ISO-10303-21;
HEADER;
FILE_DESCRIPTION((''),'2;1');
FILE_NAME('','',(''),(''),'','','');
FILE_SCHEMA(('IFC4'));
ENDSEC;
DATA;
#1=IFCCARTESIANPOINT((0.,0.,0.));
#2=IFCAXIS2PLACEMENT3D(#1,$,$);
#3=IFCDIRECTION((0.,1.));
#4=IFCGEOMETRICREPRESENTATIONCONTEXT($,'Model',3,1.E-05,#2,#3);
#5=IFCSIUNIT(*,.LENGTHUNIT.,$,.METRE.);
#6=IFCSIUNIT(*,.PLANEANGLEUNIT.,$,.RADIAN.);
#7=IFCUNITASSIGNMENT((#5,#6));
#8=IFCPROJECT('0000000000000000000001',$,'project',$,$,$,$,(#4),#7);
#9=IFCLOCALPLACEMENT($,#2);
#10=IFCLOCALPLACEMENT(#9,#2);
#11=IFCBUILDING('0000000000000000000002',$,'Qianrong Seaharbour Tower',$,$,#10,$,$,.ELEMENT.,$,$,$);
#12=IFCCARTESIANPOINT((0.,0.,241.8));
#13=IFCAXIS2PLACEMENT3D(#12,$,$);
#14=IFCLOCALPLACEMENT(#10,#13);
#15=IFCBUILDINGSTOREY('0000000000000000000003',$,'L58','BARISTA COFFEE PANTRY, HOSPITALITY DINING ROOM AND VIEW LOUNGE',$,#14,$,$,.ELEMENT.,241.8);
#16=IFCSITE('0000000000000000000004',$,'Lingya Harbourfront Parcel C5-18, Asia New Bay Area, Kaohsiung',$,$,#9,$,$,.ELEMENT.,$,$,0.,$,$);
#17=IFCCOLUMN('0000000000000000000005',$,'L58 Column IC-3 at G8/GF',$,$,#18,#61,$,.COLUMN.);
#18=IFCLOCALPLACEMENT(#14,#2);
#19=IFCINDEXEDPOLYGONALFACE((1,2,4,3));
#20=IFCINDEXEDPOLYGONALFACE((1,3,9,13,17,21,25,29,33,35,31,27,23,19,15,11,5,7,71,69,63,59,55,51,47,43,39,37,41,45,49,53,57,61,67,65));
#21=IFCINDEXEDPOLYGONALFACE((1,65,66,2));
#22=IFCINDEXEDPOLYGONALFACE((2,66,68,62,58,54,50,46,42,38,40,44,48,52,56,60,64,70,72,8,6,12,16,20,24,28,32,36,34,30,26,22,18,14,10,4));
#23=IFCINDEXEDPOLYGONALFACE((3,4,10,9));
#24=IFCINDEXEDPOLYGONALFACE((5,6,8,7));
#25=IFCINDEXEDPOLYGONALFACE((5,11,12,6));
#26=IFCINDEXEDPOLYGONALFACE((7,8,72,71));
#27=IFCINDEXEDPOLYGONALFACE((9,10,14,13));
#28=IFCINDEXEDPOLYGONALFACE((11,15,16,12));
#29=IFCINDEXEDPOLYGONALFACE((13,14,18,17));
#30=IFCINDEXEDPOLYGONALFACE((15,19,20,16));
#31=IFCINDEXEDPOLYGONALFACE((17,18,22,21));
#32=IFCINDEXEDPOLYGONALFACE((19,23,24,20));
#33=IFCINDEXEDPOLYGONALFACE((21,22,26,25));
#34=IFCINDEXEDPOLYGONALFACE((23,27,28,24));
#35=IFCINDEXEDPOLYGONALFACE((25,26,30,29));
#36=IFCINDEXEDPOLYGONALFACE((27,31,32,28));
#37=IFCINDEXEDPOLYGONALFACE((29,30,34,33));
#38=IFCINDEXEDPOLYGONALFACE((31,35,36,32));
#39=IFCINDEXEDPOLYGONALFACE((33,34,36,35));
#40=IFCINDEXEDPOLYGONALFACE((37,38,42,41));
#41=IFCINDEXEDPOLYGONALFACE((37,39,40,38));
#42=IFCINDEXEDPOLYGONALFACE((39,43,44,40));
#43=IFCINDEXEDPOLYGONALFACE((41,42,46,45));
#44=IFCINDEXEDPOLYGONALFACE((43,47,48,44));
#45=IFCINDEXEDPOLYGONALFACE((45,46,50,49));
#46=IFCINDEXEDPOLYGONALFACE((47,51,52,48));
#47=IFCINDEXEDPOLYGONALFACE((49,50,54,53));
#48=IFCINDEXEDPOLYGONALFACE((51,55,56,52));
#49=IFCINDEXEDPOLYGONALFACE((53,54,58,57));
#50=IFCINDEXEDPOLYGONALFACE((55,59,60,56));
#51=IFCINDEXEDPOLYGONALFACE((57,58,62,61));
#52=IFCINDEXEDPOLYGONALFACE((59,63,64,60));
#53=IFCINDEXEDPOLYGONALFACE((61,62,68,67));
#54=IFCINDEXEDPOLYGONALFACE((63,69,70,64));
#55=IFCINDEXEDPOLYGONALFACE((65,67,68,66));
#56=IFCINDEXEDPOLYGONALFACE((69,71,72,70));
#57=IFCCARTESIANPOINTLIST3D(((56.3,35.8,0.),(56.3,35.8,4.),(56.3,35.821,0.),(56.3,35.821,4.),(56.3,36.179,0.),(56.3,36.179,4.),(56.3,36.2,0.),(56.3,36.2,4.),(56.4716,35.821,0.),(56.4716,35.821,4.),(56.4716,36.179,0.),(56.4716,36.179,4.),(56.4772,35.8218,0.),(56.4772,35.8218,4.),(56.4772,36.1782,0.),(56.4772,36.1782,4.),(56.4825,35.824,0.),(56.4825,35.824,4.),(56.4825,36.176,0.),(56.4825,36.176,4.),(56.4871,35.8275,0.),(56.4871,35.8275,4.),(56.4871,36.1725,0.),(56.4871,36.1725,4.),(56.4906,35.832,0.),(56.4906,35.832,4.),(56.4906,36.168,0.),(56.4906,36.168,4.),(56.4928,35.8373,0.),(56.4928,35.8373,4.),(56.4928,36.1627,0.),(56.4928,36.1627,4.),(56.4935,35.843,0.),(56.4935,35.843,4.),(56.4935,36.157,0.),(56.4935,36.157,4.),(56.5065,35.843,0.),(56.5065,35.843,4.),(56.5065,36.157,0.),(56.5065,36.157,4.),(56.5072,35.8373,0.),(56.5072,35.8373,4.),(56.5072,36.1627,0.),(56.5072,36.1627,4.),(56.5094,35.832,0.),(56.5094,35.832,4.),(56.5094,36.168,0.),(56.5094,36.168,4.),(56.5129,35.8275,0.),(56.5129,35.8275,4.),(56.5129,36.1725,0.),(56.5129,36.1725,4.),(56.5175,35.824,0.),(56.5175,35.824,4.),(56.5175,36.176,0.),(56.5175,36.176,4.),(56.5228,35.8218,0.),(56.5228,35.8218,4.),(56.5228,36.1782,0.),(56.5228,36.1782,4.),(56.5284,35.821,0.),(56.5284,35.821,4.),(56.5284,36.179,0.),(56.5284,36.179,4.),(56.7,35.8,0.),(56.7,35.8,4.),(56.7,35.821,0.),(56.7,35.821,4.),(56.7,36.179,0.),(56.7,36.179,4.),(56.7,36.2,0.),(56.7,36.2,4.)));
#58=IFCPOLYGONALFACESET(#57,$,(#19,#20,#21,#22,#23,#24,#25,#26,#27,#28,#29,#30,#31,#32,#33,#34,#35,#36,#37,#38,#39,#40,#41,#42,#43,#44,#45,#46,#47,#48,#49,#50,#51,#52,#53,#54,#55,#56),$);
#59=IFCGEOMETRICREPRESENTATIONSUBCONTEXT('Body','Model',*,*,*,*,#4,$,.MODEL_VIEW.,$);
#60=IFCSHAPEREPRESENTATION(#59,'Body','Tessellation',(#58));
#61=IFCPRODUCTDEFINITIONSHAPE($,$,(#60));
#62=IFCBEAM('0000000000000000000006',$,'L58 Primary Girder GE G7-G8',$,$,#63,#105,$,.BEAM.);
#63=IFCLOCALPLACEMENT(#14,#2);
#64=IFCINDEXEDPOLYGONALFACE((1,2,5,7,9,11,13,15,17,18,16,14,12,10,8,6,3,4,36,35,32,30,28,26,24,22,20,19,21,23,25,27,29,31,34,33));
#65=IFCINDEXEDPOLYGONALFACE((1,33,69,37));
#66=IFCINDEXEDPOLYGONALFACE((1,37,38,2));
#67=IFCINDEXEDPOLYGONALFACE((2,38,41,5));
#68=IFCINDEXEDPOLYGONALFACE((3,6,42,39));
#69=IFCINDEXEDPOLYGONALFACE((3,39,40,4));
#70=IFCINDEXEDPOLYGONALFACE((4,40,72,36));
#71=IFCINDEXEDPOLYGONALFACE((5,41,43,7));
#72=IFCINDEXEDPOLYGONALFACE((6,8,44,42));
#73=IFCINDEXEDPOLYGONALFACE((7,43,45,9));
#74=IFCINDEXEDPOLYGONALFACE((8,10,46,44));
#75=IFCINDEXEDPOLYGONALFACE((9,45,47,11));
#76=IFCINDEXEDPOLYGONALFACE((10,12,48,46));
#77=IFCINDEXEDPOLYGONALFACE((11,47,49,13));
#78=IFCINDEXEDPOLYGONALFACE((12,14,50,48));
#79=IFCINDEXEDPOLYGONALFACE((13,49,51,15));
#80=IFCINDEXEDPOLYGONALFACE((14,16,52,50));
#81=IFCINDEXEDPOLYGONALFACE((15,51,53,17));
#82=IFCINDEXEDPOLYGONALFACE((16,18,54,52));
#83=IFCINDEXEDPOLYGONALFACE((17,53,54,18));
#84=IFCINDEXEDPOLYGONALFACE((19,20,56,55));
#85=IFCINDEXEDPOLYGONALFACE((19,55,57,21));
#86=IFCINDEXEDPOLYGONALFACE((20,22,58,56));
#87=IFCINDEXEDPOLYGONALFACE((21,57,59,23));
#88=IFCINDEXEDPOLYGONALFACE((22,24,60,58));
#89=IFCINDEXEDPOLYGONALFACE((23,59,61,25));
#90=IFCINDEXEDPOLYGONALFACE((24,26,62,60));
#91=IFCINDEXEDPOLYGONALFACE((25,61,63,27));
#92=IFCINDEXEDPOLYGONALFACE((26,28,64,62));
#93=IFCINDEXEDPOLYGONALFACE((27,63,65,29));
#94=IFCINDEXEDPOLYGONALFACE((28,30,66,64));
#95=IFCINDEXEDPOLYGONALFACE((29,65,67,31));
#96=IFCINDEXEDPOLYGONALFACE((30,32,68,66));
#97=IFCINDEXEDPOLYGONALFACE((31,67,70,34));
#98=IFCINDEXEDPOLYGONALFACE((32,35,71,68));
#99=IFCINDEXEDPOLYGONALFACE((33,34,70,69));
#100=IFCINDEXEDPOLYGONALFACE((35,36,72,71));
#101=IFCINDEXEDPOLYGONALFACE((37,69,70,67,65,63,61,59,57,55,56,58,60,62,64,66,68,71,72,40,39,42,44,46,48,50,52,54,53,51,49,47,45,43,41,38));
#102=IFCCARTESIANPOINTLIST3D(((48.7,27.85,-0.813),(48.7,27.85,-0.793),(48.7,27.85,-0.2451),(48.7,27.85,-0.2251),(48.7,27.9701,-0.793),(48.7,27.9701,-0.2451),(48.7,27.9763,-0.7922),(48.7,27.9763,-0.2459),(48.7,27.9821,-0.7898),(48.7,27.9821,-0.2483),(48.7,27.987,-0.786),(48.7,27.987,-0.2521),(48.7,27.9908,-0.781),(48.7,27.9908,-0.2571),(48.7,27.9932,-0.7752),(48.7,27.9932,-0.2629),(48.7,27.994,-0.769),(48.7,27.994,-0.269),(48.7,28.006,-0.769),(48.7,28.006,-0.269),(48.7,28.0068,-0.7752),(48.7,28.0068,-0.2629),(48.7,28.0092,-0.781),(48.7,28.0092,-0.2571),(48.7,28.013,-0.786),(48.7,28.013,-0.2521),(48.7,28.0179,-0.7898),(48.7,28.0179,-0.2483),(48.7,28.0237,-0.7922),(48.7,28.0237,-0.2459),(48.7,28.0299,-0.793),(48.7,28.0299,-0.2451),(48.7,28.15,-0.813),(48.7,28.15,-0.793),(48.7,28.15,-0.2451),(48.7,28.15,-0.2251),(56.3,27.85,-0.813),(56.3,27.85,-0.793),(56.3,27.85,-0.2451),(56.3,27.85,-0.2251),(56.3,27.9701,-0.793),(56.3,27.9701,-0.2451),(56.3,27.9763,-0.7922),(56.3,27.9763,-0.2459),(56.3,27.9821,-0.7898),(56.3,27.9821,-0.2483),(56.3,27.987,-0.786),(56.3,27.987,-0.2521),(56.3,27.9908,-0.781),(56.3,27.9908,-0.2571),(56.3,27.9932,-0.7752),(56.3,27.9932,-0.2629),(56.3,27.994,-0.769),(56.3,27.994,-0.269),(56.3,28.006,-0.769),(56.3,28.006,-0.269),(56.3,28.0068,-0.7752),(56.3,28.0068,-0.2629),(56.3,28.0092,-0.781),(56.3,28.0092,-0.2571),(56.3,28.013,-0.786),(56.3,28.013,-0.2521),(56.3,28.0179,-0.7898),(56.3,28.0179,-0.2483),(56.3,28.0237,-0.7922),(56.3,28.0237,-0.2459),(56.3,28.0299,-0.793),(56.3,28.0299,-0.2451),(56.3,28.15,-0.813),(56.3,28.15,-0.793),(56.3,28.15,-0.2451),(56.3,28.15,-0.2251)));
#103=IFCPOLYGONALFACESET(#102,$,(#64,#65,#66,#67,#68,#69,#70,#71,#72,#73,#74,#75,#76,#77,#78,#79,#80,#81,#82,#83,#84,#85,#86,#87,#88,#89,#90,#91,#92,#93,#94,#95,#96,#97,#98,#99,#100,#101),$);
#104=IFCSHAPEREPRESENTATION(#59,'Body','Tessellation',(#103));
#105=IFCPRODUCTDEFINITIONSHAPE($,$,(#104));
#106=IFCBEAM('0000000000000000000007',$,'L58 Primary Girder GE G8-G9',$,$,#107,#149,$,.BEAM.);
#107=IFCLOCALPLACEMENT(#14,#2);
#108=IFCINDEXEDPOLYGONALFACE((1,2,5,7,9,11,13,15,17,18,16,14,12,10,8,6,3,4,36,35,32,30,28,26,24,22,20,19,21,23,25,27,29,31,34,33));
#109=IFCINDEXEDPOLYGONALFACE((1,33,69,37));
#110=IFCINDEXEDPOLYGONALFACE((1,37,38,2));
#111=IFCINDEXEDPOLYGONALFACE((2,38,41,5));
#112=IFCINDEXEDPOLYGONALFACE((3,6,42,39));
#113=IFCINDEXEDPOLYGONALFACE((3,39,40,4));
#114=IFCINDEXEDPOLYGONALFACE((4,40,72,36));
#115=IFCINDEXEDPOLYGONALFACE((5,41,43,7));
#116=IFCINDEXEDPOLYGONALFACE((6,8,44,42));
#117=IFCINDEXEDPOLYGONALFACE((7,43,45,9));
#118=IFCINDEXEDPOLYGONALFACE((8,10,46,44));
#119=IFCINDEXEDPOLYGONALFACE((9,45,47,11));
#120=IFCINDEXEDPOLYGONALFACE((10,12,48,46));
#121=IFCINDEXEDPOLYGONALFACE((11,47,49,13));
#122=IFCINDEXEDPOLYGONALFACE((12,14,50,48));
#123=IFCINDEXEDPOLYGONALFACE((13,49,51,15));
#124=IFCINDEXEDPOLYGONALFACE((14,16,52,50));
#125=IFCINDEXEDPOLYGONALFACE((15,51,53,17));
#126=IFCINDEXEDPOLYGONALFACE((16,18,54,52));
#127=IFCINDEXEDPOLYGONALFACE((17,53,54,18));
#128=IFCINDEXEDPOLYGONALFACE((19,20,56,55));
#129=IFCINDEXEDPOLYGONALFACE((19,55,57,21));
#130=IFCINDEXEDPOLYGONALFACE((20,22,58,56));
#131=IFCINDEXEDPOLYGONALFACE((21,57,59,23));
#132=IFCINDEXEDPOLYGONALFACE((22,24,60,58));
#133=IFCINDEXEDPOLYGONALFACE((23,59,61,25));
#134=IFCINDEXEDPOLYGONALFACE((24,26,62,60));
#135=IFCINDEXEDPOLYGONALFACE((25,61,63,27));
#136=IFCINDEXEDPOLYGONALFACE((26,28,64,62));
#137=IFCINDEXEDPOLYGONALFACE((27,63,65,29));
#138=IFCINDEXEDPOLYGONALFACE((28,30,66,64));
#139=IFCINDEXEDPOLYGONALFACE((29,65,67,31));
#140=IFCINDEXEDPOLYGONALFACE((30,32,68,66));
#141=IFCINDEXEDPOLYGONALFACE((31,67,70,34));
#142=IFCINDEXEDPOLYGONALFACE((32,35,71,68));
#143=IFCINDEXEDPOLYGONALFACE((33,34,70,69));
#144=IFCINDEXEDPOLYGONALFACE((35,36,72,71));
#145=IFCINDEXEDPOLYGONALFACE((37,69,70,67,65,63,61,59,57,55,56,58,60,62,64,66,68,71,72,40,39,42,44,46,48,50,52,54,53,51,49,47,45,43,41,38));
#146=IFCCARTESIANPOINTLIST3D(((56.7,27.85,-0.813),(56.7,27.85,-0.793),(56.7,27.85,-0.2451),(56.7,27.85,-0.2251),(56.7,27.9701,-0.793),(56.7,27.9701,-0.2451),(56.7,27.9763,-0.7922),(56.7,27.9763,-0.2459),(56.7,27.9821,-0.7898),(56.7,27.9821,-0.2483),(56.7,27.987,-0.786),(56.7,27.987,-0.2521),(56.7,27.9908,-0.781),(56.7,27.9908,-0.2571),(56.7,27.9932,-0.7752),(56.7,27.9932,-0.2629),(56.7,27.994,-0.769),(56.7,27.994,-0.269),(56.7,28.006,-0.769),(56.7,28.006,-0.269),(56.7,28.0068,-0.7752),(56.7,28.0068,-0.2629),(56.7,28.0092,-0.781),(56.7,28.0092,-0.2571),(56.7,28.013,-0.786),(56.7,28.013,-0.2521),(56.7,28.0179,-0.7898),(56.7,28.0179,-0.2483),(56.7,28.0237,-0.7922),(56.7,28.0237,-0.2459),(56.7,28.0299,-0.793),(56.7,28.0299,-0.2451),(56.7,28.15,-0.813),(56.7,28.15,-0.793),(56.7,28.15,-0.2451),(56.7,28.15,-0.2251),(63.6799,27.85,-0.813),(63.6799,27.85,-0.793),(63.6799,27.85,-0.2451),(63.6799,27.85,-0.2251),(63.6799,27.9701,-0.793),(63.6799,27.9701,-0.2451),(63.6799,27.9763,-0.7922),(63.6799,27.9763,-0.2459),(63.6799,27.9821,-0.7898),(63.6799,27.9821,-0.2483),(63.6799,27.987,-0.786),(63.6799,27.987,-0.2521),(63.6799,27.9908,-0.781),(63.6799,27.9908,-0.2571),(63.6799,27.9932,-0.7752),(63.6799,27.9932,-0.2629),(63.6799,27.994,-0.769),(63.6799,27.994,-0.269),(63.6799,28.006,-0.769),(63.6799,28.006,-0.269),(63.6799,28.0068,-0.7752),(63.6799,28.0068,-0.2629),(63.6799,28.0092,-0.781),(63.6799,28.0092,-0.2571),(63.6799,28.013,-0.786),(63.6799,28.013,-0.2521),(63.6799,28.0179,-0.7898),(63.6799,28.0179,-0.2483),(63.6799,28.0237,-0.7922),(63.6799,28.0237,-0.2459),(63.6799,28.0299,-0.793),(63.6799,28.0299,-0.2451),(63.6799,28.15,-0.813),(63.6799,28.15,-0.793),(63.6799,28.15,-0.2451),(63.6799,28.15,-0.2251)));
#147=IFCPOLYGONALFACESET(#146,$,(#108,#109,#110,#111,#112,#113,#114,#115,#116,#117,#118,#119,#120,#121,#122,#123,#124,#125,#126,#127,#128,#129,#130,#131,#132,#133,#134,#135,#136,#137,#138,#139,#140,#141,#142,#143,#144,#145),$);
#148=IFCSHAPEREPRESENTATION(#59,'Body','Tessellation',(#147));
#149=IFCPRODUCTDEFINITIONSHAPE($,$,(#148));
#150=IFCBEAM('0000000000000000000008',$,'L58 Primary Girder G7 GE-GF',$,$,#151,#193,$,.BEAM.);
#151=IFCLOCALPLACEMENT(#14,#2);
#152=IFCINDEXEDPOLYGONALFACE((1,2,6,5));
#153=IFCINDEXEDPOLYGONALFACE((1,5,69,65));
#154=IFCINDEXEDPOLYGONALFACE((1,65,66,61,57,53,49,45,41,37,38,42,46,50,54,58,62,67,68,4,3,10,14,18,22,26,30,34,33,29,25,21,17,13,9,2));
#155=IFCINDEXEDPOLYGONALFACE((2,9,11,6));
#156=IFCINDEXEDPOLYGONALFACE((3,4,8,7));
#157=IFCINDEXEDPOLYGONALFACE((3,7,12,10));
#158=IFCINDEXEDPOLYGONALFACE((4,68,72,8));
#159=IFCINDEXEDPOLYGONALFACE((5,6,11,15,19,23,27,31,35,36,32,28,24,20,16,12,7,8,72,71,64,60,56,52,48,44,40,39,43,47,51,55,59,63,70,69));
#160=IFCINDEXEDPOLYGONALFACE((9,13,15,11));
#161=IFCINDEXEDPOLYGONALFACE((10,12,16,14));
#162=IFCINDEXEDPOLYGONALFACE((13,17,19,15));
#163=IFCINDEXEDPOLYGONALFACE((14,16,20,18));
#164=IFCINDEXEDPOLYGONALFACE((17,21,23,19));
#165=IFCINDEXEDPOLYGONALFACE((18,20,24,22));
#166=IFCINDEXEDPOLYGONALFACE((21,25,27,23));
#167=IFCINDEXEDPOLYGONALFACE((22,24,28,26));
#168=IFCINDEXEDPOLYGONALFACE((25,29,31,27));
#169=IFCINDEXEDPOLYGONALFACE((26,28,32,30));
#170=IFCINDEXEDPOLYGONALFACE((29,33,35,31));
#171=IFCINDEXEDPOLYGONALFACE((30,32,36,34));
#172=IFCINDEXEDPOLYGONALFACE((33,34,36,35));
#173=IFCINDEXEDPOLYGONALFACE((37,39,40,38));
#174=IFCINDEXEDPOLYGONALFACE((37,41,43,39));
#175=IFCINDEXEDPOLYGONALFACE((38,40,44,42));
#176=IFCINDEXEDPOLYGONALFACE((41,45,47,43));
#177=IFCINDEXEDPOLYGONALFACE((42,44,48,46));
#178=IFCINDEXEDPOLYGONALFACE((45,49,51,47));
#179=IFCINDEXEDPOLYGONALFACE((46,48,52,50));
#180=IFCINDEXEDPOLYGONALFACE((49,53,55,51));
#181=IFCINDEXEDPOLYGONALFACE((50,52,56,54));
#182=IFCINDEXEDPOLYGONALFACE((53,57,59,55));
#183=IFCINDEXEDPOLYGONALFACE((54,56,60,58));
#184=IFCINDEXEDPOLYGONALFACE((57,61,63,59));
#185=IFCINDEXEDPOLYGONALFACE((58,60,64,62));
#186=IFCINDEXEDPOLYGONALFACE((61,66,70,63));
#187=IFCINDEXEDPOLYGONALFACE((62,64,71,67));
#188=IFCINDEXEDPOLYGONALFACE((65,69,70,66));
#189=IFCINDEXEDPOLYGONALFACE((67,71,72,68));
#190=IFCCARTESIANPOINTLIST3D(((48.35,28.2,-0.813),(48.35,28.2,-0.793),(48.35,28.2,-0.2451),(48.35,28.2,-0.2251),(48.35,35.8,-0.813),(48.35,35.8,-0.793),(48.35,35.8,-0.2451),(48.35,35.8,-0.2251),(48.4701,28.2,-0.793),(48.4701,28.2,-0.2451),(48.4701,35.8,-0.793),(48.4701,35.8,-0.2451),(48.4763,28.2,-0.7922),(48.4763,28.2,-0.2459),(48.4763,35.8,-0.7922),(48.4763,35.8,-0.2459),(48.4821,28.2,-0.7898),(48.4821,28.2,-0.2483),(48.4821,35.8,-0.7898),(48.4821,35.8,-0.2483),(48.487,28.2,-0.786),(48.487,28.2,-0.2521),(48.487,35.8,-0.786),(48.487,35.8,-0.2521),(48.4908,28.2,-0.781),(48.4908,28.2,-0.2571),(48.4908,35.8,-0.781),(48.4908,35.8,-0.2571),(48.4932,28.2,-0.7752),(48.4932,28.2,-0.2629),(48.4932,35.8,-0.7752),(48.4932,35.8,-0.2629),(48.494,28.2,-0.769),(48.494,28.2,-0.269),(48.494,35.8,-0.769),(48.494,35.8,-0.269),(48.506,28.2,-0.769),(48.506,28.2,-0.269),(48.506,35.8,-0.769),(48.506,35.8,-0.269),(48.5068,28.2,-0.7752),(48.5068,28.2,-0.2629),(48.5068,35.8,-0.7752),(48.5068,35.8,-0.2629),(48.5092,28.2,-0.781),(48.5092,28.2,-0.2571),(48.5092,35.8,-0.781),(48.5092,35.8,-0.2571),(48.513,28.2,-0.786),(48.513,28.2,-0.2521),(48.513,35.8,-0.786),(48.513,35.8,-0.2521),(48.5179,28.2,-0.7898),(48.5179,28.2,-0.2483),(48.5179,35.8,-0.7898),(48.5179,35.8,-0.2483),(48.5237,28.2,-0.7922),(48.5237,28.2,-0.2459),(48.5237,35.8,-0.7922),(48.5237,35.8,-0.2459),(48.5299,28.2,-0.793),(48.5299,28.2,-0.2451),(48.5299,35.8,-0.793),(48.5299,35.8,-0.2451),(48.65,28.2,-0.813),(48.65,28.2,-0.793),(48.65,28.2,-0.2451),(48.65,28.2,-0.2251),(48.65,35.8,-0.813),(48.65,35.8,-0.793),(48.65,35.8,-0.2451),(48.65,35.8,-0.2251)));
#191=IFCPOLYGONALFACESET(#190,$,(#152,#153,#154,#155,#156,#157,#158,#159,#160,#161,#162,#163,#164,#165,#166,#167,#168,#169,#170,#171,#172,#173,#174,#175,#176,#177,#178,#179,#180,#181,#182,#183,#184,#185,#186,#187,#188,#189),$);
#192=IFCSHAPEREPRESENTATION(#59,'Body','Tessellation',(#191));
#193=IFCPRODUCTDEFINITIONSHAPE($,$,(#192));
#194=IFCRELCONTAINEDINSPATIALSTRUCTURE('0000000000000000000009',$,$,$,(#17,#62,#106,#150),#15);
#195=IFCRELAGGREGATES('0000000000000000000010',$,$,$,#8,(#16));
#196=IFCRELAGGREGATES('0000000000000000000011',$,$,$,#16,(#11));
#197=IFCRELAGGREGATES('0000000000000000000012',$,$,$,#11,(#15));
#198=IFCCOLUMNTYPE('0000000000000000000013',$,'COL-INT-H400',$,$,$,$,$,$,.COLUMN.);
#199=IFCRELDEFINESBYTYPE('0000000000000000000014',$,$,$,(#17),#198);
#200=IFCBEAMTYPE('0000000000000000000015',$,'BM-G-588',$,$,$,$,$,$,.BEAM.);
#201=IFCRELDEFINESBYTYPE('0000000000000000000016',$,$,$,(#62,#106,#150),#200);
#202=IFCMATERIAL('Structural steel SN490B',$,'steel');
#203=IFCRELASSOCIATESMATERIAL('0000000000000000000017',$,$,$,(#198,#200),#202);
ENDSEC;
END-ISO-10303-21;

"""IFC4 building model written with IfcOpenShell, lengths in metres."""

from ifc_helpers import new_model, si_unit, direction, frame, origin, origin_2d, place, context, subcontext, project, spatial, i_section, extrude, material, material_profile, profile_set, type_object, element, save


model = new_model("IFC4")

# Units and contexts
model_context = context("Model", 3, precision=1e-05, world=origin(), true_north=direction((0.0, 1.0)))
body_context = subcontext(model_context, "Body", "Model", "MODEL_VIEW")
ifc_project = project(units=[si_unit("LENGTHUNIT", "METRE"), si_unit("PLANEANGLEUNIT", "RADIAN")], contexts=[model_context])

# Site, building, storey
site_placement = place(None, origin())
site = spatial("IfcSite", under=ifc_project, at=site_placement, Name="Lingya Harbourfront Parcel C5-18, Asia New Bay Area, Kaohsiung", CompositionType="ELEMENT", RefElevation=0.0)
building_placement = place(site_placement, origin())
building = spatial("IfcBuilding", under=site, at=building_placement, Name="Qianrong Seaharbour Tower", CompositionType="ELEMENT")
storey_placement = place(building_placement, frame((0.0, 0.0, 241.8)))
storey = spatial("IfcBuildingStorey", under=building, at=storey_placement, Name="L58", Description="BARISTA COFFEE PANTRY, HOSPITALITY DINING ROOM AND VIEW LOUNGE", CompositionType="ELEMENT", Elevation=241.8)

# Column
ifc_material_1 = material(Name="Structural steel SN490B", Category="steel")
ifc_material_profile_1 = material_profile(ifc_material_1, i_section(OverallWidth=0.3999, OverallDepth=0.3999, WebThickness=0.0129, FlangeThickness=0.021, FilletRadius=0.022, at=origin_2d()), Name="H400x400x13x21")
ifc_profile_set_1 = profile_set([ifc_material_profile_1], Name="Structural steel SN490B")
column_type_1 = type_object("IfcColumnType", Name="COL-INT-H400", PredefinedType="COLUMN", material=ifc_profile_set_1)
for number, where, z_axis, x_axis, name in (
    (1, (56.5, 36.0, 0.0), (0.0, 0.0, 1.0), (1.0, 0.0, 0.0), "L58 Column IC-3 at G8/GF"),
):
    element("IfcColumn", number, at=place(storey_placement, frame(where, z_axis=z_axis, x_axis=x_axis)), inside=storey, type_object=column_type_1, Name=name, PredefinedType="COLUMN", context=body_context, shape_type="SweptSolid", body=[
        extrude(i_section(OverallWidth=0.3999, OverallDepth=0.3999, WebThickness=0.0129, FlangeThickness=0.021, FilletRadius=0.022, at=origin_2d()), origin(), (0.0, 0.0, 1.0), 4.0),
    ])

# Beams
ifc_material_profile_2 = material_profile(ifc_material_1, i_section(OverallWidth=0.3, OverallDepth=0.5879, WebThickness=0.012, FlangeThickness=0.02, FilletRadius=0.0239, at=origin_2d()), Name="H588x300x12x20")
ifc_profile_set_2 = profile_set([ifc_material_profile_2], Name="Structural steel SN490B")
beam_type_1 = type_object("IfcBeamType", Name="BM-G-588", PredefinedType="BEAM", material=ifc_profile_set_2)
beam_1_placement = place(storey_placement, frame((48.7, 28.0, -0.519), z_axis=(1.0, 0.0, 0.0), x_axis=(0.0, 1.0, 0.0)))
element("IfcBeam", 2, at=beam_1_placement, inside=storey, type_object=beam_type_1, Name="L58 Primary Girder GE G7-G8", PredefinedType="BEAM", context=body_context, shape_type="SweptSolid", body=[
    extrude(i_section(OverallWidth=0.3, OverallDepth=0.5879, WebThickness=0.012, FlangeThickness=0.02, FilletRadius=0.0239, at=origin_2d()), origin(), (0.0, 0.0, 1.0), 7.6001),
])
beam_2_placement = place(storey_placement, frame((56.7, 28.0, -0.519), z_axis=(1.0, 0.0, 0.0), x_axis=(0.0, 1.0, 0.0)))
element("IfcBeam", 3, at=beam_2_placement, inside=storey, type_object=beam_type_1, Name="L58 Primary Girder GE G8-G9", PredefinedType="BEAM", context=body_context, shape_type="SweptSolid", body=[
    extrude(i_section(OverallWidth=0.3, OverallDepth=0.5879, WebThickness=0.012, FlangeThickness=0.02, FilletRadius=0.0239, at=origin_2d()), origin(), (0.0, 0.0, 1.0), 6.98),
])
for number, where, z_axis, x_axis, name in (
    (4, (48.5, 28.2, -0.519), (0.0, 1.0, 0.0), (-1.0, 0.0, 0.0), "L58 Primary Girder G7 GE-GF"),
):
    element("IfcBeam", number, at=place(storey_placement, frame(where, z_axis=z_axis, x_axis=x_axis)), inside=storey, type_object=beam_type_1, Name=name, PredefinedType="BEAM", context=body_context, shape_type="SweptSolid", body=[
        extrude(i_section(OverallWidth=0.3, OverallDepth=0.5879, WebThickness=0.012, FlangeThickness=0.02, FilletRadius=0.0239, at=origin_2d()), origin(), (0.0, 0.0, 1.0), 7.6001),
    ])

save(model, "model.ifc")
